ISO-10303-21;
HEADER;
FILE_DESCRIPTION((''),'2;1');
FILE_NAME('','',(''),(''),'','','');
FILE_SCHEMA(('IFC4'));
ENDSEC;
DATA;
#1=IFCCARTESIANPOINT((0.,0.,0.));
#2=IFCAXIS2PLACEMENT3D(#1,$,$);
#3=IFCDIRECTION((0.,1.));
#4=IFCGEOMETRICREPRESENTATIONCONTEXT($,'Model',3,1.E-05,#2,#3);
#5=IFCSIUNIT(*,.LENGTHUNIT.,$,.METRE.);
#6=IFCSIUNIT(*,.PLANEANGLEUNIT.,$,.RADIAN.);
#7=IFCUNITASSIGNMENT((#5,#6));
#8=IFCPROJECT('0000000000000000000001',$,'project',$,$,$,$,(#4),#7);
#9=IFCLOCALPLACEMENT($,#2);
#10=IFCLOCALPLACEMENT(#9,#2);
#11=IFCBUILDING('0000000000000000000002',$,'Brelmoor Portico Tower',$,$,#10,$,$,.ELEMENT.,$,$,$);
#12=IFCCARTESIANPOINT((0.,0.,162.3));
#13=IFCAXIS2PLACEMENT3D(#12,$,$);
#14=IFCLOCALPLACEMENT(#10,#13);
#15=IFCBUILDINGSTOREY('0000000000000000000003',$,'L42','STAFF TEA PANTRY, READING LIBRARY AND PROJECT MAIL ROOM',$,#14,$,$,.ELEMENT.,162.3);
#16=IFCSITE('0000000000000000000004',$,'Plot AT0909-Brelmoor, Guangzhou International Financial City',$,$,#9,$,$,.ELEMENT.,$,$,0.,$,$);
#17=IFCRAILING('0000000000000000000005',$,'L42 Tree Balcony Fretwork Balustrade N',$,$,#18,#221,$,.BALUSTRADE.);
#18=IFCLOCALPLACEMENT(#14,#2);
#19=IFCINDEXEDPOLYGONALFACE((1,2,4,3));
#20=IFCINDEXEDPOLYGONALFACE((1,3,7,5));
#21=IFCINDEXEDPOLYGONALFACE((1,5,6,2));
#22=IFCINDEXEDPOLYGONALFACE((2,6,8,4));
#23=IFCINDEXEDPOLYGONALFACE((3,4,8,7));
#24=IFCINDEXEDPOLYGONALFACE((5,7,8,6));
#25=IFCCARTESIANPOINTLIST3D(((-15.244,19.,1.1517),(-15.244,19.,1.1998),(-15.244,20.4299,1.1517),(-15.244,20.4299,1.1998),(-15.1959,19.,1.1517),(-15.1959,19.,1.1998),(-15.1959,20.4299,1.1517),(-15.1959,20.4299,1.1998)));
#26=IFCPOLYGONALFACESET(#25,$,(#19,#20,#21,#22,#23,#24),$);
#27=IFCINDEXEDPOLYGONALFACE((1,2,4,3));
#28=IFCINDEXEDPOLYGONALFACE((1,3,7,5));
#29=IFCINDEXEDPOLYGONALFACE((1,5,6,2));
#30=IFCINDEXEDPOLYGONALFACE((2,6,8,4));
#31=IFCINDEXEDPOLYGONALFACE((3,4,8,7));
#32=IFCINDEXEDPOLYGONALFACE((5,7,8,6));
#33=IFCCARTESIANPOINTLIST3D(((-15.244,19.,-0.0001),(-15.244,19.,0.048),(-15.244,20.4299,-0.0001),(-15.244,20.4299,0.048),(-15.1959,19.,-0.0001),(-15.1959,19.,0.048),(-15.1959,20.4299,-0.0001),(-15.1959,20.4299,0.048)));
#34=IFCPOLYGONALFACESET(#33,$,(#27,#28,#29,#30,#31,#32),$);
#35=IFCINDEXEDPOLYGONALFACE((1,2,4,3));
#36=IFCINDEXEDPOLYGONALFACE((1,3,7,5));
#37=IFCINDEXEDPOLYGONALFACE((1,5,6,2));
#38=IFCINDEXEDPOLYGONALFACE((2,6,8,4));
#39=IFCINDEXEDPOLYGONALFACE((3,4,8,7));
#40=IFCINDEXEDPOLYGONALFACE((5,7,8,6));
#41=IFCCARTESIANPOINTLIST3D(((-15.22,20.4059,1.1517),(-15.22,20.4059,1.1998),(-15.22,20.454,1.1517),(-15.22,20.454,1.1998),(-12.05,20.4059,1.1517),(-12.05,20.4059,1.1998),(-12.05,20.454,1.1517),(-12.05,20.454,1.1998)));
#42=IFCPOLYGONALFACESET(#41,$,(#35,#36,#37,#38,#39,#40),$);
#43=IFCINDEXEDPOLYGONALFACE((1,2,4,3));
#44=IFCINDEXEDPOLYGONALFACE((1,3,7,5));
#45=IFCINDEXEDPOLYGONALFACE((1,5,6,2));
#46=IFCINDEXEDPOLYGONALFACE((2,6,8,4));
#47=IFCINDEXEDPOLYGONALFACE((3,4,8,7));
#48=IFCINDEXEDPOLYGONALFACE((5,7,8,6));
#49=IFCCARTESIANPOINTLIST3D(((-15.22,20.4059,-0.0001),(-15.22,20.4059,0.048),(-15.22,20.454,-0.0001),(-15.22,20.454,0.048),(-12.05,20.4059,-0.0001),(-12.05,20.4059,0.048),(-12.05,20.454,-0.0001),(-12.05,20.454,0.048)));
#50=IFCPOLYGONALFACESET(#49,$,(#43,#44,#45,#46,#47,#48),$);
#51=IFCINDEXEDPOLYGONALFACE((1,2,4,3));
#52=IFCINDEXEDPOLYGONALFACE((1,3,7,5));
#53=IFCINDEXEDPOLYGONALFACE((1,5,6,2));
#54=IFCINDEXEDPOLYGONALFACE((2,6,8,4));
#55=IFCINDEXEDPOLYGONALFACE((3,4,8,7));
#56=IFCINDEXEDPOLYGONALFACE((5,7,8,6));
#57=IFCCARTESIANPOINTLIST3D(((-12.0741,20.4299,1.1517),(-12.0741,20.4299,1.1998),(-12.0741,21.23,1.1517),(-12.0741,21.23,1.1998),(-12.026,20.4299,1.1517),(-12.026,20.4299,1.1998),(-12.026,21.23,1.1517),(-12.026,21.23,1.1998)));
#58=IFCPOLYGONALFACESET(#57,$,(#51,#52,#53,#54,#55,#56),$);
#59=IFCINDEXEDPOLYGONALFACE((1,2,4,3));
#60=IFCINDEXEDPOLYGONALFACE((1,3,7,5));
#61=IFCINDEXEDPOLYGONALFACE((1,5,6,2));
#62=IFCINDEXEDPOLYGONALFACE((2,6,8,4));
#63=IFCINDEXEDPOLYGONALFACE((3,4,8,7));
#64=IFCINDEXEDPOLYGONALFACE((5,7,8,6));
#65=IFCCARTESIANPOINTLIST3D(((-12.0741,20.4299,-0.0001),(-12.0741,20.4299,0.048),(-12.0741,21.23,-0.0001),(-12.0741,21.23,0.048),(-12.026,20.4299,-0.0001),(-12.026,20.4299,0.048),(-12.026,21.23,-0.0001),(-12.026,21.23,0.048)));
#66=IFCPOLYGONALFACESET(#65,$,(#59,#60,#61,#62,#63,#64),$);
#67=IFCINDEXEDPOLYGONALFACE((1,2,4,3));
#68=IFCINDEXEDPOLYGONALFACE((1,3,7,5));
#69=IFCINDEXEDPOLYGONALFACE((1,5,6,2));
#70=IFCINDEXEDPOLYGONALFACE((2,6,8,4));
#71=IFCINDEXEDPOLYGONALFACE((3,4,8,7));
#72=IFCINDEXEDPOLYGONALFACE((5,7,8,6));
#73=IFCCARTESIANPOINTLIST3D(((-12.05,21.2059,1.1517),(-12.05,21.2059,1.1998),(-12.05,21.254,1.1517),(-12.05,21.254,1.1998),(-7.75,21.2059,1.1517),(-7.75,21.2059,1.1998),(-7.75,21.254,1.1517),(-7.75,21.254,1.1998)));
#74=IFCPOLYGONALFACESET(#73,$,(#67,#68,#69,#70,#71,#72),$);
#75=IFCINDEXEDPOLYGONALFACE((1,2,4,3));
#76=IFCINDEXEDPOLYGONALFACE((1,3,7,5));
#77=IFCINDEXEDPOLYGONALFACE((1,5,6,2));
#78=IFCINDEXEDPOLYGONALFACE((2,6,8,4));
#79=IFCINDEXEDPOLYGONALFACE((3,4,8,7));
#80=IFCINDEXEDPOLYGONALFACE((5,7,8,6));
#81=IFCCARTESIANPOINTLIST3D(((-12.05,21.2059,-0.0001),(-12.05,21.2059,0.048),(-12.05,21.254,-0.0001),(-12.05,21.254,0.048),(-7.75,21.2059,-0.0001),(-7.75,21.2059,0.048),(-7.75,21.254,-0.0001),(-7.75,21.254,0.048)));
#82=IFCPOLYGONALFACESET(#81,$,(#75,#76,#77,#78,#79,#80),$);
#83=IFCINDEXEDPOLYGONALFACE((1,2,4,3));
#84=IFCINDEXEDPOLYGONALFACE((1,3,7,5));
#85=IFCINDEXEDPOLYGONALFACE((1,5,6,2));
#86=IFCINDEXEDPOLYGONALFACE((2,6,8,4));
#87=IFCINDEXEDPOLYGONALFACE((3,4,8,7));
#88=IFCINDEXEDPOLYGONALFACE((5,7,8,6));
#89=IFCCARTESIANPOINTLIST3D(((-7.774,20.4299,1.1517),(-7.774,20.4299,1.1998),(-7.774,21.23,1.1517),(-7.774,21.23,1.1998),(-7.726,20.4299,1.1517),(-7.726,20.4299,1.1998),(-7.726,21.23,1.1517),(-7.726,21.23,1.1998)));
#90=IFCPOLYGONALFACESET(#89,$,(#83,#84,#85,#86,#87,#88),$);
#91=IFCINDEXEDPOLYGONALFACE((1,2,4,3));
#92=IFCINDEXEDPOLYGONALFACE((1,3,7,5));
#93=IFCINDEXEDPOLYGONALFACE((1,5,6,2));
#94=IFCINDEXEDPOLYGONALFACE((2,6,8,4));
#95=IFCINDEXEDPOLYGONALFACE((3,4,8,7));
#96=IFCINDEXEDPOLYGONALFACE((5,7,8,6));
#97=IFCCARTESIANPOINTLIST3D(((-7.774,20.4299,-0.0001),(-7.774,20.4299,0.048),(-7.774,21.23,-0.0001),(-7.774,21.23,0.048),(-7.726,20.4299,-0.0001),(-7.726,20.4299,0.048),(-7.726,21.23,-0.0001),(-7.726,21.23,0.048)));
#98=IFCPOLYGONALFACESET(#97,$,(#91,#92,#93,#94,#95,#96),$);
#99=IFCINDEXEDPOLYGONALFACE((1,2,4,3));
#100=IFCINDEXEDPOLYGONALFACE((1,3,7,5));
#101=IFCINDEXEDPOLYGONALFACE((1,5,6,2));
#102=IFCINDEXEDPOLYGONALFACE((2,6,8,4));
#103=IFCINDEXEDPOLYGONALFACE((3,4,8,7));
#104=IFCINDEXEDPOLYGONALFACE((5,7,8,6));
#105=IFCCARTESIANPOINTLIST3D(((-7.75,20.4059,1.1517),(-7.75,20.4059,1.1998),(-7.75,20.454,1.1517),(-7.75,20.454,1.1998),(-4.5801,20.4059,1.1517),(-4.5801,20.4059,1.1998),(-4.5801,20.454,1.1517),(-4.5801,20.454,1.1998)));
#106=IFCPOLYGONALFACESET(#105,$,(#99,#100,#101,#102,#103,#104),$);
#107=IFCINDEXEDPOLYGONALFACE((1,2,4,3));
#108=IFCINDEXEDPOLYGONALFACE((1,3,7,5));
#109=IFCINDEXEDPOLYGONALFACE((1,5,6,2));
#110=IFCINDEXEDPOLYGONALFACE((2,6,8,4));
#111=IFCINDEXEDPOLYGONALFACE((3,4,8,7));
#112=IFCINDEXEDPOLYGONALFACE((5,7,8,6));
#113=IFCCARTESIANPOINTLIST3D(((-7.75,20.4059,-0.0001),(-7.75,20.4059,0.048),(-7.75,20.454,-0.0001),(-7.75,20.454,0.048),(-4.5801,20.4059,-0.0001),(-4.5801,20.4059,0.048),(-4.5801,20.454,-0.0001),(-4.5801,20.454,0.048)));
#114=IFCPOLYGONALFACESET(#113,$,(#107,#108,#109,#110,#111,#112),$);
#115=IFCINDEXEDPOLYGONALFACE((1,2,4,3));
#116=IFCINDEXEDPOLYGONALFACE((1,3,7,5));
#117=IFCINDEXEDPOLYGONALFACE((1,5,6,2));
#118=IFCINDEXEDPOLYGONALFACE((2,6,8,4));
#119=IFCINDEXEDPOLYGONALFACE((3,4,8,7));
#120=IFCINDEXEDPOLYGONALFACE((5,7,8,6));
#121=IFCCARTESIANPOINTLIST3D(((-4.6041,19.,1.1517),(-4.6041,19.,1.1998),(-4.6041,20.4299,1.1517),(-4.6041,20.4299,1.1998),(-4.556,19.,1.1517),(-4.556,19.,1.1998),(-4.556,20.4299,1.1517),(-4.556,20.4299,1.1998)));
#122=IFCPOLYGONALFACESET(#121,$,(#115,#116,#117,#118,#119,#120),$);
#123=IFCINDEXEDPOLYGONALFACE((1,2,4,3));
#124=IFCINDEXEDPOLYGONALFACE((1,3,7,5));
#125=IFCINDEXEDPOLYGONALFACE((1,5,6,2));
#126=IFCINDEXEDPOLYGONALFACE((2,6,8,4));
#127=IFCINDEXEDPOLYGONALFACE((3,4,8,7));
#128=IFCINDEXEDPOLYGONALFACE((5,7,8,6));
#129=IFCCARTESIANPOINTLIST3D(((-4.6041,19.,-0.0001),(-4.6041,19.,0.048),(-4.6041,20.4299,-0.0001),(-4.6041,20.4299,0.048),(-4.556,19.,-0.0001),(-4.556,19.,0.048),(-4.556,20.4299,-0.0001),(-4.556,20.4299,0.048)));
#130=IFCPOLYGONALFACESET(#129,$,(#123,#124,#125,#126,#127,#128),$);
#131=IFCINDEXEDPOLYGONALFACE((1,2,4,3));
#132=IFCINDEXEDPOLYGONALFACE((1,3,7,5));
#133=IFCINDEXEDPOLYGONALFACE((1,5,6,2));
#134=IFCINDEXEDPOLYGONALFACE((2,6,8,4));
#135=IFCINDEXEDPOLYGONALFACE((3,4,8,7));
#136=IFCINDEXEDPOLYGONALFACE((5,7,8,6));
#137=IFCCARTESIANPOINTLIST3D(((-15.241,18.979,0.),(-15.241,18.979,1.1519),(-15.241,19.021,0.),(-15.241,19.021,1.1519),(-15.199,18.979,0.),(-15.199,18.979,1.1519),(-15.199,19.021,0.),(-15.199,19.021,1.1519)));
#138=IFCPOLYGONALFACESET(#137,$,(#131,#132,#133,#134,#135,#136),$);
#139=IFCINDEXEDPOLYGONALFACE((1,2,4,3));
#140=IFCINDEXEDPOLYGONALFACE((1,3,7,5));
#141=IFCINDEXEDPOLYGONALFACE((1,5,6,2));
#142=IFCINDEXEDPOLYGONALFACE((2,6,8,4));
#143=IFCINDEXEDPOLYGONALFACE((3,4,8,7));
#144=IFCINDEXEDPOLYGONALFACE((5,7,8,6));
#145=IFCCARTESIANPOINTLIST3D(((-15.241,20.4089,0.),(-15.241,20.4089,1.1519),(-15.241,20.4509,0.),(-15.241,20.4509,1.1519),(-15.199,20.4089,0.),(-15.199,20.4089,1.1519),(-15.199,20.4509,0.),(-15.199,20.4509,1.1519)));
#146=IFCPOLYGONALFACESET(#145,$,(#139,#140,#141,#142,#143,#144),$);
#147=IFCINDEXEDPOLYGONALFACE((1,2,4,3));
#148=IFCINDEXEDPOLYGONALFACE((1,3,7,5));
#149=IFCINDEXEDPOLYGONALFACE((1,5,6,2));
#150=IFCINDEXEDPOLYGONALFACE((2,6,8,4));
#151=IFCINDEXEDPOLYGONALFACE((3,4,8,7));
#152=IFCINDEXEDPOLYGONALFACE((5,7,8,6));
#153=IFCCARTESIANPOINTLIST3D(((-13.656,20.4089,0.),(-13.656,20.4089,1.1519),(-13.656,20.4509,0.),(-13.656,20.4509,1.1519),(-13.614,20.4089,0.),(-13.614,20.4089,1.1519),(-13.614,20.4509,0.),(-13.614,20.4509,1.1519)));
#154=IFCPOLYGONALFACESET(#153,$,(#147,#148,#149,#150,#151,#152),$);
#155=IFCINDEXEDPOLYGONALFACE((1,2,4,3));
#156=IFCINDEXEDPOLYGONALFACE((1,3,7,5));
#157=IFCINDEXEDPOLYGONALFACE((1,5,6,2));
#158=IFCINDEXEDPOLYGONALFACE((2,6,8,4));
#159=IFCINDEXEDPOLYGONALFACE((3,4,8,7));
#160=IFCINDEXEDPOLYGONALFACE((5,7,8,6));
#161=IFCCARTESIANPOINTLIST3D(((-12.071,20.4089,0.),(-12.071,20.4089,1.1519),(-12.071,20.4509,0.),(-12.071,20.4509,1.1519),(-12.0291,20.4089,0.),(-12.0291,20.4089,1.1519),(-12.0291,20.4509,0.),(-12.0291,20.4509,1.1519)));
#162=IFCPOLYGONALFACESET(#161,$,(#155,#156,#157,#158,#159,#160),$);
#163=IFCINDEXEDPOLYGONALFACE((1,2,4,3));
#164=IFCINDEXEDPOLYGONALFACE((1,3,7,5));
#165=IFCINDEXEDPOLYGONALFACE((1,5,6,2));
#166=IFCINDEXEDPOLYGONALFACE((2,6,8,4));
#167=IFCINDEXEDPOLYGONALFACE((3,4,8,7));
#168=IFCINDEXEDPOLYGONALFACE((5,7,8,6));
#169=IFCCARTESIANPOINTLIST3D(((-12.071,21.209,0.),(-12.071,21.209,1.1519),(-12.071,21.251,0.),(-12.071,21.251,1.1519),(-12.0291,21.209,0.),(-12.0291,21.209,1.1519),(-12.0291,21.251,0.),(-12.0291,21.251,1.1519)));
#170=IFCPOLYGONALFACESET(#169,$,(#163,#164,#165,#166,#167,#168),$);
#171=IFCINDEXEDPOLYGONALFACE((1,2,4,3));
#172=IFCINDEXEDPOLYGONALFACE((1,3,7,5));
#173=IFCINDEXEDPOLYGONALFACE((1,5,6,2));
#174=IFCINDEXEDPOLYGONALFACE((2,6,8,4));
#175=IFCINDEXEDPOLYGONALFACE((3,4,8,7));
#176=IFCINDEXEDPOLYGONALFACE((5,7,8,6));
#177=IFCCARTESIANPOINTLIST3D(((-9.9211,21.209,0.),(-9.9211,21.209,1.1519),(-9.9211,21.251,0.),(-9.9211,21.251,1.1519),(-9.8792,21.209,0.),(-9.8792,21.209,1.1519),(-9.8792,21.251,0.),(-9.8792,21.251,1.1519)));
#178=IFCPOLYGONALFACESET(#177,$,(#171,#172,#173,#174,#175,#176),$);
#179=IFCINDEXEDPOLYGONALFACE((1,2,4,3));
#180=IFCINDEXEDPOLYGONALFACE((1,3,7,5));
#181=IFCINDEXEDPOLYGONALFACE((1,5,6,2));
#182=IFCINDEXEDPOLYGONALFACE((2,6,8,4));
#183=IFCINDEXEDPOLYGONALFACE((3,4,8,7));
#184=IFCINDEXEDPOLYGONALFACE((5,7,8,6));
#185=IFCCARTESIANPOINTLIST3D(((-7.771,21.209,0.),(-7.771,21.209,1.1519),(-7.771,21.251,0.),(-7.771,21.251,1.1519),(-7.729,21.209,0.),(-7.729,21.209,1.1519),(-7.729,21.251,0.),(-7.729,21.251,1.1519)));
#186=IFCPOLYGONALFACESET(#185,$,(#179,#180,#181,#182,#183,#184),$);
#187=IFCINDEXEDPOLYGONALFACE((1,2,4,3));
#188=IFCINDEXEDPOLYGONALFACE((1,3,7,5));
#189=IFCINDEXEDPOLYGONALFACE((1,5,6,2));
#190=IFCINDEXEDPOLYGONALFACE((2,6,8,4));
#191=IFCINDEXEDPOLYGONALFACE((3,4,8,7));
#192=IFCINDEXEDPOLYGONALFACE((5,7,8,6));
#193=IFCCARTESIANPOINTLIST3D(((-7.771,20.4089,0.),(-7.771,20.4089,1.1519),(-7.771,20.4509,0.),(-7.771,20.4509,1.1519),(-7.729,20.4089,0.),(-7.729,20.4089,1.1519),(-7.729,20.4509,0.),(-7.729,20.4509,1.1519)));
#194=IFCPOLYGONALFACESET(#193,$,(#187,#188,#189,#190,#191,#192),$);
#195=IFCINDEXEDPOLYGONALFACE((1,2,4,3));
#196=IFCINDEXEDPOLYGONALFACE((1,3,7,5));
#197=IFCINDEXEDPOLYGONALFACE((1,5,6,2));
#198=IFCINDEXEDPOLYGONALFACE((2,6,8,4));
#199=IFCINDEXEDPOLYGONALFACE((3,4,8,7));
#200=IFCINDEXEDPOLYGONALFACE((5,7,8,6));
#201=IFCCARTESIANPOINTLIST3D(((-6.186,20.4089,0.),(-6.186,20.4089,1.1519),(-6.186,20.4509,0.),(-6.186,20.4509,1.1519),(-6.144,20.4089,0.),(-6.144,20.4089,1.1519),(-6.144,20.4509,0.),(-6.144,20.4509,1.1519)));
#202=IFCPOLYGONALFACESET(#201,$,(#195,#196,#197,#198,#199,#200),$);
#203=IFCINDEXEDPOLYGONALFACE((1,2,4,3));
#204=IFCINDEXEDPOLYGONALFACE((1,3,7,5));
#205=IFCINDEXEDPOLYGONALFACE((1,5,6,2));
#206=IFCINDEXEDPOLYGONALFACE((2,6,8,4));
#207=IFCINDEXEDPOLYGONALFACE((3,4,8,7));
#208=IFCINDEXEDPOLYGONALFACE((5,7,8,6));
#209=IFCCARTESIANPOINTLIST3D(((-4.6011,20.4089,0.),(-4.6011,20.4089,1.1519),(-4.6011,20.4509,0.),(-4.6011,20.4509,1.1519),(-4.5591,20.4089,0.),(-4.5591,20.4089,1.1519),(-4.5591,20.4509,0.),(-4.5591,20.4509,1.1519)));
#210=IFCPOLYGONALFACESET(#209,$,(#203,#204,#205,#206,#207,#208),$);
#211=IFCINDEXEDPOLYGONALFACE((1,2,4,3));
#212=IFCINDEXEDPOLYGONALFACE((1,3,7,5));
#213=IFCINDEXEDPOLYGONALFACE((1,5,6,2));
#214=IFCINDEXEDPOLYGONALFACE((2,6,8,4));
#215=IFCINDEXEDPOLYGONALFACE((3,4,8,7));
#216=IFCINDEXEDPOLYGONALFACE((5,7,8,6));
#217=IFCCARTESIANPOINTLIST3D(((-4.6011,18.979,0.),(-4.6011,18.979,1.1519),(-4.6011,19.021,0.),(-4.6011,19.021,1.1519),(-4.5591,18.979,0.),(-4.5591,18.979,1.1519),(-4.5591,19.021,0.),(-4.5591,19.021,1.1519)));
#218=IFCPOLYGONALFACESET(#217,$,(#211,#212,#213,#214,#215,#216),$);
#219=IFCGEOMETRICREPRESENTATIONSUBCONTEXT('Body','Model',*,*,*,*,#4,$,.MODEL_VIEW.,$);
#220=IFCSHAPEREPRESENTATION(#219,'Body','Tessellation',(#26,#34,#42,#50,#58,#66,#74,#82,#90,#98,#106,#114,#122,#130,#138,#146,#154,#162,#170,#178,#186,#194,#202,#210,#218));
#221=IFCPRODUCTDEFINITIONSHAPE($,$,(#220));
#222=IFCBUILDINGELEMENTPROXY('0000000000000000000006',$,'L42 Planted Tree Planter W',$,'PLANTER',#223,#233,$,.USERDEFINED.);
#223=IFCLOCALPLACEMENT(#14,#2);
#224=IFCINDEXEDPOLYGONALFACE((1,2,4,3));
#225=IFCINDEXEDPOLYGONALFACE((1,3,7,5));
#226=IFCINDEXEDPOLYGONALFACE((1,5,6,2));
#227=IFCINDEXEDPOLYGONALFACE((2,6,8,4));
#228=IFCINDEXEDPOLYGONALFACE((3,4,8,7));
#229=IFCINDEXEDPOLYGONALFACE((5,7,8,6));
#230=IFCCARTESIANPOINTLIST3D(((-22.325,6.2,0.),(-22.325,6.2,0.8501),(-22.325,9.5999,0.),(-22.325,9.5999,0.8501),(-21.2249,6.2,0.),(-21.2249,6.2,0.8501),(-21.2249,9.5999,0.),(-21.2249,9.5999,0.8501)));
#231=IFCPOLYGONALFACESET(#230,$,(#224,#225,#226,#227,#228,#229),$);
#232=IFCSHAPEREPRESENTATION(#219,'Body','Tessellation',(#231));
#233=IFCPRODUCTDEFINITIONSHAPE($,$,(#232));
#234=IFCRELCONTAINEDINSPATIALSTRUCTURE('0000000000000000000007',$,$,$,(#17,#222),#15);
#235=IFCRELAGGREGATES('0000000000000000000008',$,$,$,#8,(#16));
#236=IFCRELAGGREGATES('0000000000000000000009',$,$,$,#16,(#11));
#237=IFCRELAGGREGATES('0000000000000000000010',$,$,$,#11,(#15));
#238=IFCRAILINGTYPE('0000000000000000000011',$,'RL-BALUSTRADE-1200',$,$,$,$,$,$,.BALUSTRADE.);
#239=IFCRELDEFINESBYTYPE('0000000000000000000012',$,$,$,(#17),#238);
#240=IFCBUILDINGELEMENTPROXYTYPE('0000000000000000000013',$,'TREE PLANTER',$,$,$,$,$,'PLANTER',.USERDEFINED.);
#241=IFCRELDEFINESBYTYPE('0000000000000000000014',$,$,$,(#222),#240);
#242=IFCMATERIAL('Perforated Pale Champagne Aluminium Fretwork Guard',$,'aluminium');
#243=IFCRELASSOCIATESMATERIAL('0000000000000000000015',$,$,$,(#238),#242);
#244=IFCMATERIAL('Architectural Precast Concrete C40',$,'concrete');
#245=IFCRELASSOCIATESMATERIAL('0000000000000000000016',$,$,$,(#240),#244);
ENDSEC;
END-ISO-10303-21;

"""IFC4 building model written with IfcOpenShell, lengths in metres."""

from ifc_helpers import new_model, si_unit, direction, frame, origin, origin_2d, place, context, subcontext, project, spatial, rectangle, extrude, material, type_object, element, save


model = new_model("IFC4")

# Units and contexts
model_context = context("Model", 3, precision=1e-05, world=origin(), true_north=direction((0.0, 1.0)))
body_context = subcontext(model_context, "Body", "Model", "MODEL_VIEW")
ifc_project = project(units=[si_unit("LENGTHUNIT", "METRE"), si_unit("PLANEANGLEUNIT", "RADIAN")], contexts=[model_context])

# Site, building, storey
site_placement = place(None, origin())
site = spatial("IfcSite", under=ifc_project, at=site_placement, Name="Plot AT0909-Brelmoor, Guangzhou International Financial City", CompositionType="ELEMENT", RefElevation=0.0)
building_placement = place(site_placement, origin())
building = spatial("IfcBuilding", under=site, at=building_placement, Name="Brelmoor Portico Tower", CompositionType="ELEMENT")
storey_placement = place(building_placement, frame((0.0, 0.0, 162.3)))
storey = spatial("IfcBuildingStorey", under=building, at=storey_placement, Name="L42", Description="STAFF TEA PANTRY, READING LIBRARY AND PROJECT MAIL ROOM", CompositionType="ELEMENT", Elevation=162.3)

# Railing
ifc_material_1 = material(Name="Perforated Pale Champagne Aluminium Fretwork Guard", Category="aluminium")
railing_type = type_object("IfcRailingType", Name="RL-BALUSTRADE-1200", PredefinedType="BALUSTRADE", material=ifc_material_1)
railing_placement = place(storey_placement, frame((-15.22, 19.0, 0.0)))
element("IfcRailing", 1, at=railing_placement, inside=storey, type_object=railing_type, Name="L42 Tree Balcony Fretwork Balustrade N", PredefinedType="BALUSTRADE", context=body_context, shape_type="SweptSolid", body=[
    extrude(rectangle(XDim=0.0481, YDim=0.0481, at=origin_2d()), frame((0.0, 0.0, 1.1758), z_axis=(0.0, 1.0, 0.0), x_axis=(-1.0, 0.0, 0.0)), (0.0, 0.0, 1.0), 1.4299),
    extrude(rectangle(XDim=0.0481, YDim=0.0481, at=origin_2d()), frame((0.0, 0.0, 0.0239), z_axis=(0.0, 1.0, 0.0), x_axis=(-1.0, 0.0, 0.0)), (0.0, 0.0, 1.0), 1.4299),
    extrude(rectangle(XDim=0.0481, YDim=0.0481, at=origin_2d()), frame((0.0, 1.4299, 1.1758), z_axis=(1.0, 0.0, 0.0), x_axis=(0.0, 1.0, 0.0)), (0.0, 0.0, 1.0), 3.1699),
    extrude(rectangle(XDim=0.0481, YDim=0.0481, at=origin_2d()), frame((0.0, 1.4299, 0.0239), z_axis=(1.0, 0.0, 0.0), x_axis=(0.0, 1.0, 0.0)), (0.0, 0.0, 1.0), 3.1699),
    extrude(rectangle(XDim=0.0481, YDim=0.0481, at=origin_2d()), frame((3.1699, 1.4299, 1.1758), z_axis=(0.0, 1.0, 0.0), x_axis=(-1.0, 0.0, 0.0)), (0.0, 0.0, 1.0), 0.8),
    extrude(rectangle(XDim=0.0481, YDim=0.0481, at=origin_2d()), frame((3.1699, 1.4299, 0.0239), z_axis=(0.0, 1.0, 0.0), x_axis=(-1.0, 0.0, 0.0)), (0.0, 0.0, 1.0), 0.8),
    extrude(rectangle(XDim=0.0481, YDim=0.0481, at=origin_2d()), frame((3.1699, 2.23, 1.1758), z_axis=(1.0, 0.0, 0.0), x_axis=(0.0, 1.0, 0.0)), (0.0, 0.0, 1.0), 4.3),
    extrude(rectangle(XDim=0.0481, YDim=0.0481, at=origin_2d()), frame((3.1699, 2.23, 0.0239), z_axis=(1.0, 0.0, 0.0), x_axis=(0.0, 1.0, 0.0)), (0.0, 0.0, 1.0), 4.3),
    extrude(rectangle(XDim=0.0481, YDim=0.0481, at=origin_2d()), frame((7.47, 2.23, 1.1758), z_axis=(0.0, -1.0, 0.0), x_axis=(1.0, 0.0, 0.0)), (0.0, 0.0, 1.0), 0.8),
    extrude(rectangle(XDim=0.0481, YDim=0.0481, at=origin_2d()), frame((7.47, 2.23, 0.0239), z_axis=(0.0, -1.0, 0.0), x_axis=(1.0, 0.0, 0.0)), (0.0, 0.0, 1.0), 0.8),
    extrude(rectangle(XDim=0.0481, YDim=0.0481, at=origin_2d()), frame((7.47, 1.4299, 1.1758), z_axis=(1.0, 0.0, 0.0), x_axis=(0.0, 1.0, 0.0)), (0.0, 0.0, 1.0), 3.1699),
    extrude(rectangle(XDim=0.0481, YDim=0.0481, at=origin_2d()), frame((7.47, 1.4299, 0.0239), z_axis=(1.0, 0.0, 0.0), x_axis=(0.0, 1.0, 0.0)), (0.0, 0.0, 1.0), 3.1699),
    extrude(rectangle(XDim=0.0481, YDim=0.0481, at=origin_2d()), frame((10.6399, 1.4299, 1.1758), z_axis=(0.0, -1.0, 0.0), x_axis=(1.0, 0.0, 0.0)), (0.0, 0.0, 1.0), 1.4299),
    extrude(rectangle(XDim=0.0481, YDim=0.0481, at=origin_2d()), frame((10.6399, 1.4299, 0.0239), z_axis=(0.0, -1.0, 0.0), x_axis=(1.0, 0.0, 0.0)), (0.0, 0.0, 1.0), 1.4299),
    extrude(rectangle(XDim=0.042, YDim=0.042, at=origin_2d()), origin(), (0.0, 0.0, 1.0), 1.1519),
    extrude(rectangle(XDim=0.042, YDim=0.042, at=origin_2d()), frame((0.0, 1.4299, 0.0)), (0.0, 0.0, 1.0), 1.1519),
    extrude(rectangle(XDim=0.042, YDim=0.042, at=origin_2d()), frame((1.585, 1.4299, 0.0)), (0.0, 0.0, 1.0), 1.1519),
    extrude(rectangle(XDim=0.042, YDim=0.042, at=origin_2d()), frame((3.1699, 1.4299, 0.0)), (0.0, 0.0, 1.0), 1.1519),
    extrude(rectangle(XDim=0.042, YDim=0.042, at=origin_2d()), frame((3.1699, 2.23, 0.0)), (0.0, 0.0, 1.0), 1.1519),
    extrude(rectangle(XDim=0.042, YDim=0.042, at=origin_2d()), frame((5.3198, 2.23, 0.0)), (0.0, 0.0, 1.0), 1.1519),
    extrude(rectangle(XDim=0.042, YDim=0.042, at=origin_2d()), frame((7.47, 2.23, 0.0)), (0.0, 0.0, 1.0), 1.1519),
    extrude(rectangle(XDim=0.042, YDim=0.042, at=origin_2d()), frame((7.47, 1.4299, 0.0)), (0.0, 0.0, 1.0), 1.1519),
    extrude(rectangle(XDim=0.042, YDim=0.042, at=origin_2d()), frame((9.0549, 1.4299, 0.0)), (0.0, 0.0, 1.0), 1.1519),
    extrude(rectangle(XDim=0.042, YDim=0.042, at=origin_2d()), frame((10.6399, 1.4299, 0.0)), (0.0, 0.0, 1.0), 1.1519),
    extrude(rectangle(XDim=0.042, YDim=0.042, at=origin_2d()), frame((10.6399, 0.0, 0.0)), (0.0, 0.0, 1.0), 1.1519),
])

# Building element proxy
ifc_material_2 = material(Name="Architectural Precast Concrete C40", Category="concrete")
building_element_proxy_type = type_object("IfcBuildingElementProxyType", Name="TREE PLANTER", ElementType="PLANTER", PredefinedType="USERDEFINED", material=ifc_material_2)
proxy_placement = place(storey_placement, frame((-21.7749, 7.8999, 0.0), z_axis=(0.0, 0.0, 1.0), x_axis=(0.0, 1.0, 0.0)))
element("IfcBuildingElementProxy", 2, at=proxy_placement, inside=storey, type_object=building_element_proxy_type, Name="L42 Planted Tree Planter W", ObjectType="PLANTER", PredefinedType="USERDEFINED", context=body_context, shape_type="SweptSolid", body=[
    extrude(rectangle(XDim=3.3999, YDim=1.1001, at=origin_2d()), origin(), (0.0, 0.0, 1.0), 0.8501),
])

save(model, "model.ifc")
